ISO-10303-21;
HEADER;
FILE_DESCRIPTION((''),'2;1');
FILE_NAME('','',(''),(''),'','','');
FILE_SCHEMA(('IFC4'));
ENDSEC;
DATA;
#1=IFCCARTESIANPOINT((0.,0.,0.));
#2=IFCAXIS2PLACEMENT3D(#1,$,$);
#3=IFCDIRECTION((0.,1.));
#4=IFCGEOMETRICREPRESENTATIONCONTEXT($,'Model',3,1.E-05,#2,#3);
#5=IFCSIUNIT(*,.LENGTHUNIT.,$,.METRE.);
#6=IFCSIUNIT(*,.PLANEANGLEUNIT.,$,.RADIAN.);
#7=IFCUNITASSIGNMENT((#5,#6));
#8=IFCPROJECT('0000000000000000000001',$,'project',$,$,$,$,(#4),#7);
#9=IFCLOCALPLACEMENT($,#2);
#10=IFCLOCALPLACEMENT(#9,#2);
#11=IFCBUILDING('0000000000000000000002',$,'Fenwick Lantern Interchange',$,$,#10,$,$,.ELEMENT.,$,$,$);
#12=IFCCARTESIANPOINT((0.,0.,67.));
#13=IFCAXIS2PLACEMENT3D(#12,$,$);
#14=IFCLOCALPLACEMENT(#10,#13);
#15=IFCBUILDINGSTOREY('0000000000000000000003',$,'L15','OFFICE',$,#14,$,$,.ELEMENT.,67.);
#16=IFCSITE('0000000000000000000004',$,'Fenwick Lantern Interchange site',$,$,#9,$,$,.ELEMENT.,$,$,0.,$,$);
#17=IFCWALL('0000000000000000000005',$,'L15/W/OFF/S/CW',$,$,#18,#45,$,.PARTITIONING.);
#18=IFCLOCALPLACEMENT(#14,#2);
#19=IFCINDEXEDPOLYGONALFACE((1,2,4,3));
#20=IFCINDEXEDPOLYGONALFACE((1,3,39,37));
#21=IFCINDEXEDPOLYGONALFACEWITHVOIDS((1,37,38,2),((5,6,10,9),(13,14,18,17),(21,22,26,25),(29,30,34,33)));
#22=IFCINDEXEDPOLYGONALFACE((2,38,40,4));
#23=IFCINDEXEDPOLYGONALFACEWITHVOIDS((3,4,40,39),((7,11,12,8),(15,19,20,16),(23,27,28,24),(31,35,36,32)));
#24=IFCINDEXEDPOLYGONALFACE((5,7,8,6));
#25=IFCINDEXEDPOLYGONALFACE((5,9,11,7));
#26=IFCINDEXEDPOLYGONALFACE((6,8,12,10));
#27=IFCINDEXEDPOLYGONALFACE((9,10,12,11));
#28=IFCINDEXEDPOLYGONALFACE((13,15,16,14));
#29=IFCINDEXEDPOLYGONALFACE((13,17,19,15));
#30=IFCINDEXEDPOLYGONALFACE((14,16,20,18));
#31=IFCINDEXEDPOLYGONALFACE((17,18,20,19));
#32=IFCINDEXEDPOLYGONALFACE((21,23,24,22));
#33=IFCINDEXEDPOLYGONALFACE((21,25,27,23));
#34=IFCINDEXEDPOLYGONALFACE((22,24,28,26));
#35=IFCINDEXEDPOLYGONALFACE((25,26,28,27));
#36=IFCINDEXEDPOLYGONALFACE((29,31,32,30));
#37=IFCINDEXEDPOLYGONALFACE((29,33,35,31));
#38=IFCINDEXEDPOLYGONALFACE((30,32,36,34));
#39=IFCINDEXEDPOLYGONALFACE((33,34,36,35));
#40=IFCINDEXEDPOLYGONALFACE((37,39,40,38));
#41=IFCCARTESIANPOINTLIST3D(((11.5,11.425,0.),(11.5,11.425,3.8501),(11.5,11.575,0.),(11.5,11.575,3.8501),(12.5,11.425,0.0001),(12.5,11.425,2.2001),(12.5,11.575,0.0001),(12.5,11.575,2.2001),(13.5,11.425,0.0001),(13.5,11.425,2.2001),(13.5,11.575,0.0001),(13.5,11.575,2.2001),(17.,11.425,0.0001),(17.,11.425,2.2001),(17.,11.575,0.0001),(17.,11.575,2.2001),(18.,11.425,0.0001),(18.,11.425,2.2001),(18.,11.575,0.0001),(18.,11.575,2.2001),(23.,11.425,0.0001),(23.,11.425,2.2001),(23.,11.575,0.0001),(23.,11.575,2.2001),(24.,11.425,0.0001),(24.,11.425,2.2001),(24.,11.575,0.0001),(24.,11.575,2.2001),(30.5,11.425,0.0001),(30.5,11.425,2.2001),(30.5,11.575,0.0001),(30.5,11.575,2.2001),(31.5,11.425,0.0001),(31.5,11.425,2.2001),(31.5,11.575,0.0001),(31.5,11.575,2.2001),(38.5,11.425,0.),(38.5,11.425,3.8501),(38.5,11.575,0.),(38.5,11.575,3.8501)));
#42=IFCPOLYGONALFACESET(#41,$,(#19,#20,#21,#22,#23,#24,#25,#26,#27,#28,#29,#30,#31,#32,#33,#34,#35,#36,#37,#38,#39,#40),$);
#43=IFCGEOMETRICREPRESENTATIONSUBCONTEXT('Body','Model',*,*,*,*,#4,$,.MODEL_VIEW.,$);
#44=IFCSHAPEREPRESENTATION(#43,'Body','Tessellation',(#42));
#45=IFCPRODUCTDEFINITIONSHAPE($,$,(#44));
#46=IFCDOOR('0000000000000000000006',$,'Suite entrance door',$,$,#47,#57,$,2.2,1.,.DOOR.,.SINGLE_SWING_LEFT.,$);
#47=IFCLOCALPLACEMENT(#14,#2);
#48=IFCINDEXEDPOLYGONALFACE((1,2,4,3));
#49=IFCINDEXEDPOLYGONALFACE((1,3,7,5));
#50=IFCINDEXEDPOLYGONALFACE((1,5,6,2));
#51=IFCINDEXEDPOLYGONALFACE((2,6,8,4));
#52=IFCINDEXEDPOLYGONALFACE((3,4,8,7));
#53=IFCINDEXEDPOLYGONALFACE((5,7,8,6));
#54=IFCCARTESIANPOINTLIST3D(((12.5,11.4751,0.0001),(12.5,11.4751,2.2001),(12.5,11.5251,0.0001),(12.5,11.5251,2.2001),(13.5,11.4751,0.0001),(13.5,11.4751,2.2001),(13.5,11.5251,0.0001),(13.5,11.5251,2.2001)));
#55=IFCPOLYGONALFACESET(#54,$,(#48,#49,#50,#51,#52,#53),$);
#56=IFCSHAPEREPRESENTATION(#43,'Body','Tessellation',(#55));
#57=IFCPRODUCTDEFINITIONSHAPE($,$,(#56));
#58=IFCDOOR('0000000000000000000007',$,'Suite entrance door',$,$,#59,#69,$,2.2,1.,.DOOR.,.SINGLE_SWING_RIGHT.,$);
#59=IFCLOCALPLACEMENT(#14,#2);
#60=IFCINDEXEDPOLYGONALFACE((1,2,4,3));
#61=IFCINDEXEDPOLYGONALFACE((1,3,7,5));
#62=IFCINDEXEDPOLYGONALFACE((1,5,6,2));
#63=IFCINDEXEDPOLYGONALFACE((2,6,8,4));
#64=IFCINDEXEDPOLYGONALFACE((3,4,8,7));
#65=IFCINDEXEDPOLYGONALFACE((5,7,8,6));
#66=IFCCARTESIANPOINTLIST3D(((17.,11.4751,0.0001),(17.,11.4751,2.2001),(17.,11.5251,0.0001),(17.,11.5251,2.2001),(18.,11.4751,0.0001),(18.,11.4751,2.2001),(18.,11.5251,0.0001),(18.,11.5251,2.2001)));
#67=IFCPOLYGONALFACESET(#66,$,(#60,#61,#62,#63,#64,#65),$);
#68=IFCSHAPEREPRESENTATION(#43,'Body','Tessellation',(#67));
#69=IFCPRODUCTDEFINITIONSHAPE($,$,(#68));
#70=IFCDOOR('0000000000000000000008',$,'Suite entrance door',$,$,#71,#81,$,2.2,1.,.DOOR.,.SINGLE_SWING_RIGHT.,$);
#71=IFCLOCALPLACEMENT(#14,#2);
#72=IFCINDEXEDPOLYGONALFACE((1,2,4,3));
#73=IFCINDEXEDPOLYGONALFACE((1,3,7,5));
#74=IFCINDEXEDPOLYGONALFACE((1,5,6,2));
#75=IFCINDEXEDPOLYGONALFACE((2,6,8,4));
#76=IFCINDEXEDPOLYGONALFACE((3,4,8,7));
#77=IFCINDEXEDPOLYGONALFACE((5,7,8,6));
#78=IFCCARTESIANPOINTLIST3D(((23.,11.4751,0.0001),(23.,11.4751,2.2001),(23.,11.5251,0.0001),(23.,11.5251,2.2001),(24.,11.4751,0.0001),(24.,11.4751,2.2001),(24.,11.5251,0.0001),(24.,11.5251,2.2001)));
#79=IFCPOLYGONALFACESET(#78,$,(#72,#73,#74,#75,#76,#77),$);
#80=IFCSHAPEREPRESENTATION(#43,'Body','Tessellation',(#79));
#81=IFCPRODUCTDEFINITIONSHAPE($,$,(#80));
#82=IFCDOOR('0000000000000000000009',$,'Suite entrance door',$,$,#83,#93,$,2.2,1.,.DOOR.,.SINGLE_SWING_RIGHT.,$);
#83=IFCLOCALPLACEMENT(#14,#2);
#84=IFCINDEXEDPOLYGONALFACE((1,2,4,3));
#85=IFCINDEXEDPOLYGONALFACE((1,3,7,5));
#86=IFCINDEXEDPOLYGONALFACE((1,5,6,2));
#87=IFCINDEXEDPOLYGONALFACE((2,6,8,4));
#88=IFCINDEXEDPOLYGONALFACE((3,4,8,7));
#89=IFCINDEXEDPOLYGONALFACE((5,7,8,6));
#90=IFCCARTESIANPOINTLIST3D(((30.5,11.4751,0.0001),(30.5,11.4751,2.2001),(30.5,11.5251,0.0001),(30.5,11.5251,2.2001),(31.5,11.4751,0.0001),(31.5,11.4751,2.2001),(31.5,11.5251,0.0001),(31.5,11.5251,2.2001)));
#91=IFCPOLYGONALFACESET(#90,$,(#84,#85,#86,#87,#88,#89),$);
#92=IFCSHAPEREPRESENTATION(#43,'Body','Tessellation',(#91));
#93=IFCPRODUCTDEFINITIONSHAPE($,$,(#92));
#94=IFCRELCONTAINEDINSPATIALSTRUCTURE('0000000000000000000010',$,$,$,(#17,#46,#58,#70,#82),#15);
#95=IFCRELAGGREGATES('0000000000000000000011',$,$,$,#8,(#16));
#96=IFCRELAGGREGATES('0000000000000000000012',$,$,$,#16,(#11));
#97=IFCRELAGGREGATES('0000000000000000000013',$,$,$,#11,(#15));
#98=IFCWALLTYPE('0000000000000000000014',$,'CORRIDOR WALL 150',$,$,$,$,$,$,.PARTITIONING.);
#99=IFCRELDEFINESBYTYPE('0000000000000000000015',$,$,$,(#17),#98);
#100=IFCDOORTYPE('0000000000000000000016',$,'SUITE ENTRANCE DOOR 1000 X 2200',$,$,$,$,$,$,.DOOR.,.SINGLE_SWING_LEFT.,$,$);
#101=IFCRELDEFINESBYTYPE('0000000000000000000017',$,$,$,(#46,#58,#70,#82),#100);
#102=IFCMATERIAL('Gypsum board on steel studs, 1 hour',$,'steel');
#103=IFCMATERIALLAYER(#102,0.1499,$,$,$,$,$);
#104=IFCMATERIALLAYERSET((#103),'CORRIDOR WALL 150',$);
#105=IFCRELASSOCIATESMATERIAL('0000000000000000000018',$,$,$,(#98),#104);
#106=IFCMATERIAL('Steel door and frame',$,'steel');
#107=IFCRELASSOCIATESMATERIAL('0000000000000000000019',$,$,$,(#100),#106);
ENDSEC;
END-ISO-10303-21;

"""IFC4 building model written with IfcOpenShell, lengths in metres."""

from ifc_helpers import new_model, si_unit, direction, frame, frame_2d, origin, place, context, subcontext, project, spatial, rectangle, extrude, material, layer, layer_set, type_object, element, fill, save


model = new_model("IFC4")

# Units and contexts
model_context = context("Model", 3, precision=1e-05, world=origin(), true_north=direction((0.0, 1.0)))
body_context = subcontext(model_context, "Body", "Model", "MODEL_VIEW")
ifc_project = project(units=[si_unit("LENGTHUNIT", "METRE"), si_unit("PLANEANGLEUNIT", "RADIAN")], contexts=[model_context])

# Site, building, storey
site_placement = place(None, origin())
site = spatial("IfcSite", under=ifc_project, at=site_placement, Name="Fenwick Lantern Interchange site", CompositionType="ELEMENT", RefElevation=0.0)
building_placement = place(site_placement, origin())
building = spatial("IfcBuilding", under=site, at=building_placement, Name="Fenwick Lantern Interchange", CompositionType="ELEMENT")
storey_placement = place(building_placement, frame((0.0, 0.0, 67.0)))
storey = spatial("IfcBuildingStorey", under=building, at=storey_placement, Name="L15", Description="OFFICE", CompositionType="ELEMENT", Elevation=67.0)

# Shared definitions
ifc_material_1 = material(Name="Steel door and frame", Category="steel")

# Wall, openings, doors
ifc_material_2 = material(Name="Gypsum board on steel studs, 1 hour", Category="steel")
ifc_layer_1 = layer(ifc_material_2, 0.1499)
ifc_layer_set_1 = layer_set([ifc_layer_1], Name="CORRIDOR WALL 150")
wall_type_1 = type_object("IfcWallType", Name="CORRIDOR WALL 150", PredefinedType="PARTITIONING", material=ifc_layer_set_1)
wall_1_placement = place(storey_placement, frame((11.5, 11.5, 0.0), z_axis=(0.0, 0.0, 1.0), x_axis=(1.0, 0.0, 0.0)))
wall_1 = element("IfcWall", 1, at=wall_1_placement, inside=storey, type_object=wall_type_1, Name="L15/W/OFF/S/CW", PredefinedType="PARTITIONING", context=body_context, shape_type="SweptSolid", body=[
    extrude(rectangle(XDim=27.0, YDim=0.1499, at=frame_2d((13.5, 0.0))), origin(), (0.0, 0.0, 1.0), 3.8501),
])
opening_1_placement = place(wall_1_placement, frame((1.0, 0.0, 0.0)))
opening_1 = element("IfcOpeningElement", 2, at=opening_1_placement, cuts=wall_1, PredefinedType="OPENING", context=body_context, shape_type="SweptSolid", body=[
    extrude(rectangle(XDim=1.0, YDim=2.2, at=frame_2d((0.5, 1.1001))), frame((0.0, 0.085, 0.0), z_axis=(0.0, -1.0, 0.0), x_axis=(1.0, 0.0, 0.0)), (0.0, 0.0, 1.0), 0.1699),
])
opening_2_placement = place(wall_1_placement, frame((5.5, 0.0, 0.0)))
opening_2 = element("IfcOpeningElement", 3, at=opening_2_placement, cuts=wall_1, PredefinedType="OPENING", context=body_context, shape_type="SweptSolid", body=[
    extrude(rectangle(XDim=1.0, YDim=2.2, at=frame_2d((0.5, 1.1001))), frame((0.0, 0.085, 0.0), z_axis=(0.0, -1.0, 0.0), x_axis=(1.0, 0.0, 0.0)), (0.0, 0.0, 1.0), 0.1699),
])
opening_3_placement = place(wall_1_placement, frame((11.5, 0.0, 0.0)))
opening_3 = element("IfcOpeningElement", 4, at=opening_3_placement, cuts=wall_1, PredefinedType="OPENING", context=body_context, shape_type="SweptSolid", body=[
    extrude(rectangle(XDim=1.0, YDim=2.2, at=frame_2d((0.5, 1.1001))), frame((0.0, 0.085, 0.0), z_axis=(0.0, -1.0, 0.0), x_axis=(1.0, 0.0, 0.0)), (0.0, 0.0, 1.0), 0.1699),
])
opening_4_placement = place(wall_1_placement, frame((19.0, 0.0, 0.0)))
opening_4 = element("IfcOpeningElement", 5, at=opening_4_placement, cuts=wall_1, PredefinedType="OPENING", context=body_context, shape_type="SweptSolid", body=[
    extrude(rectangle(XDim=1.0, YDim=2.2, at=frame_2d((0.5, 1.1001))), frame((0.0, 0.085, 0.0), z_axis=(0.0, -1.0, 0.0), x_axis=(1.0, 0.0, 0.0)), (0.0, 0.0, 1.0), 0.1699),
])
door_type_1 = type_object("IfcDoorType", Name="SUITE ENTRANCE DOOR 1000 X 2200", OperationType="SINGLE_SWING_LEFT", PredefinedType="DOOR", material=ifc_material_1)
door_1_placement = place(opening_1_placement, frame((1.0, 0.0, 0.0), z_axis=(0.0, 0.0, 1.0), x_axis=(-1.0, 0.0, 0.0)))
door_1 = element("IfcDoor", 6, at=door_1_placement, inside=storey, type_object=door_type_1, Name="Suite entrance door", OperationType="SINGLE_SWING_LEFT", OverallHeight=2.2, OverallWidth=1.0, PredefinedType="DOOR", context=body_context, shape_type="SweptSolid", body=[
    extrude(rectangle(XDim=1.0, YDim=2.2, at=frame_2d((0.5, 1.1001))), frame((0.0, 0.0249, 0.0), z_axis=(0.0, -1.0, 0.0), x_axis=(1.0, 0.0, 0.0)), (0.0, 0.0, 1.0), 0.05),
])
fill(opening_1, door_1)
door_2_placement = place(opening_2_placement, frame((1.0, 0.0, 0.0), z_axis=(0.0, 0.0, 1.0), x_axis=(-1.0, 0.0, 0.0)))
door_2 = element("IfcDoor", 7, at=door_2_placement, inside=storey, type_object=door_type_1, Name="Suite entrance door", OperationType="SINGLE_SWING_RIGHT", OverallHeight=2.2, OverallWidth=1.0, PredefinedType="DOOR", context=body_context, shape_type="SweptSolid", body=[
    extrude(rectangle(XDim=1.0, YDim=2.2, at=frame_2d((0.5, 1.1001))), frame((0.0, 0.0249, 0.0), z_axis=(0.0, -1.0, 0.0), x_axis=(1.0, 0.0, 0.0)), (0.0, 0.0, 1.0), 0.05),
])
fill(opening_2, door_2)
door_3_placement = place(opening_3_placement, frame((1.0, 0.0, 0.0), z_axis=(0.0, 0.0, 1.0), x_axis=(-1.0, 0.0, 0.0)))
door_3 = element("IfcDoor", 8, at=door_3_placement, inside=storey, type_object=door_type_1, Name="Suite entrance door", OperationType="SINGLE_SWING_RIGHT", OverallHeight=2.2, OverallWidth=1.0, PredefinedType="DOOR", context=body_context, shape_type="SweptSolid", body=[
    extrude(rectangle(XDim=1.0, YDim=2.2, at=frame_2d((0.5, 1.1001))), frame((0.0, 0.0249, 0.0), z_axis=(0.0, -1.0, 0.0), x_axis=(1.0, 0.0, 0.0)), (0.0, 0.0, 1.0), 0.05),
])
fill(opening_3, door_3)
door_4_placement = place(opening_4_placement, frame((1.0, 0.0, 0.0), z_axis=(0.0, 0.0, 1.0), x_axis=(-1.0, 0.0, 0.0)))
door_4 = element("IfcDoor", 9, at=door_4_placement, inside=storey, type_object=door_type_1, Name="Suite entrance door", OperationType="SINGLE_SWING_RIGHT", OverallHeight=2.2, OverallWidth=1.0, PredefinedType="DOOR", context=body_context, shape_type="SweptSolid", body=[
    extrude(rectangle(XDim=1.0, YDim=2.2, at=frame_2d((0.5, 1.1001))), frame((0.0, 0.0249, 0.0), z_axis=(0.0, -1.0, 0.0), x_axis=(1.0, 0.0, 0.0)), (0.0, 0.0, 1.0), 0.05),
])
fill(opening_4, door_4)

save(model, "model.ifc")
